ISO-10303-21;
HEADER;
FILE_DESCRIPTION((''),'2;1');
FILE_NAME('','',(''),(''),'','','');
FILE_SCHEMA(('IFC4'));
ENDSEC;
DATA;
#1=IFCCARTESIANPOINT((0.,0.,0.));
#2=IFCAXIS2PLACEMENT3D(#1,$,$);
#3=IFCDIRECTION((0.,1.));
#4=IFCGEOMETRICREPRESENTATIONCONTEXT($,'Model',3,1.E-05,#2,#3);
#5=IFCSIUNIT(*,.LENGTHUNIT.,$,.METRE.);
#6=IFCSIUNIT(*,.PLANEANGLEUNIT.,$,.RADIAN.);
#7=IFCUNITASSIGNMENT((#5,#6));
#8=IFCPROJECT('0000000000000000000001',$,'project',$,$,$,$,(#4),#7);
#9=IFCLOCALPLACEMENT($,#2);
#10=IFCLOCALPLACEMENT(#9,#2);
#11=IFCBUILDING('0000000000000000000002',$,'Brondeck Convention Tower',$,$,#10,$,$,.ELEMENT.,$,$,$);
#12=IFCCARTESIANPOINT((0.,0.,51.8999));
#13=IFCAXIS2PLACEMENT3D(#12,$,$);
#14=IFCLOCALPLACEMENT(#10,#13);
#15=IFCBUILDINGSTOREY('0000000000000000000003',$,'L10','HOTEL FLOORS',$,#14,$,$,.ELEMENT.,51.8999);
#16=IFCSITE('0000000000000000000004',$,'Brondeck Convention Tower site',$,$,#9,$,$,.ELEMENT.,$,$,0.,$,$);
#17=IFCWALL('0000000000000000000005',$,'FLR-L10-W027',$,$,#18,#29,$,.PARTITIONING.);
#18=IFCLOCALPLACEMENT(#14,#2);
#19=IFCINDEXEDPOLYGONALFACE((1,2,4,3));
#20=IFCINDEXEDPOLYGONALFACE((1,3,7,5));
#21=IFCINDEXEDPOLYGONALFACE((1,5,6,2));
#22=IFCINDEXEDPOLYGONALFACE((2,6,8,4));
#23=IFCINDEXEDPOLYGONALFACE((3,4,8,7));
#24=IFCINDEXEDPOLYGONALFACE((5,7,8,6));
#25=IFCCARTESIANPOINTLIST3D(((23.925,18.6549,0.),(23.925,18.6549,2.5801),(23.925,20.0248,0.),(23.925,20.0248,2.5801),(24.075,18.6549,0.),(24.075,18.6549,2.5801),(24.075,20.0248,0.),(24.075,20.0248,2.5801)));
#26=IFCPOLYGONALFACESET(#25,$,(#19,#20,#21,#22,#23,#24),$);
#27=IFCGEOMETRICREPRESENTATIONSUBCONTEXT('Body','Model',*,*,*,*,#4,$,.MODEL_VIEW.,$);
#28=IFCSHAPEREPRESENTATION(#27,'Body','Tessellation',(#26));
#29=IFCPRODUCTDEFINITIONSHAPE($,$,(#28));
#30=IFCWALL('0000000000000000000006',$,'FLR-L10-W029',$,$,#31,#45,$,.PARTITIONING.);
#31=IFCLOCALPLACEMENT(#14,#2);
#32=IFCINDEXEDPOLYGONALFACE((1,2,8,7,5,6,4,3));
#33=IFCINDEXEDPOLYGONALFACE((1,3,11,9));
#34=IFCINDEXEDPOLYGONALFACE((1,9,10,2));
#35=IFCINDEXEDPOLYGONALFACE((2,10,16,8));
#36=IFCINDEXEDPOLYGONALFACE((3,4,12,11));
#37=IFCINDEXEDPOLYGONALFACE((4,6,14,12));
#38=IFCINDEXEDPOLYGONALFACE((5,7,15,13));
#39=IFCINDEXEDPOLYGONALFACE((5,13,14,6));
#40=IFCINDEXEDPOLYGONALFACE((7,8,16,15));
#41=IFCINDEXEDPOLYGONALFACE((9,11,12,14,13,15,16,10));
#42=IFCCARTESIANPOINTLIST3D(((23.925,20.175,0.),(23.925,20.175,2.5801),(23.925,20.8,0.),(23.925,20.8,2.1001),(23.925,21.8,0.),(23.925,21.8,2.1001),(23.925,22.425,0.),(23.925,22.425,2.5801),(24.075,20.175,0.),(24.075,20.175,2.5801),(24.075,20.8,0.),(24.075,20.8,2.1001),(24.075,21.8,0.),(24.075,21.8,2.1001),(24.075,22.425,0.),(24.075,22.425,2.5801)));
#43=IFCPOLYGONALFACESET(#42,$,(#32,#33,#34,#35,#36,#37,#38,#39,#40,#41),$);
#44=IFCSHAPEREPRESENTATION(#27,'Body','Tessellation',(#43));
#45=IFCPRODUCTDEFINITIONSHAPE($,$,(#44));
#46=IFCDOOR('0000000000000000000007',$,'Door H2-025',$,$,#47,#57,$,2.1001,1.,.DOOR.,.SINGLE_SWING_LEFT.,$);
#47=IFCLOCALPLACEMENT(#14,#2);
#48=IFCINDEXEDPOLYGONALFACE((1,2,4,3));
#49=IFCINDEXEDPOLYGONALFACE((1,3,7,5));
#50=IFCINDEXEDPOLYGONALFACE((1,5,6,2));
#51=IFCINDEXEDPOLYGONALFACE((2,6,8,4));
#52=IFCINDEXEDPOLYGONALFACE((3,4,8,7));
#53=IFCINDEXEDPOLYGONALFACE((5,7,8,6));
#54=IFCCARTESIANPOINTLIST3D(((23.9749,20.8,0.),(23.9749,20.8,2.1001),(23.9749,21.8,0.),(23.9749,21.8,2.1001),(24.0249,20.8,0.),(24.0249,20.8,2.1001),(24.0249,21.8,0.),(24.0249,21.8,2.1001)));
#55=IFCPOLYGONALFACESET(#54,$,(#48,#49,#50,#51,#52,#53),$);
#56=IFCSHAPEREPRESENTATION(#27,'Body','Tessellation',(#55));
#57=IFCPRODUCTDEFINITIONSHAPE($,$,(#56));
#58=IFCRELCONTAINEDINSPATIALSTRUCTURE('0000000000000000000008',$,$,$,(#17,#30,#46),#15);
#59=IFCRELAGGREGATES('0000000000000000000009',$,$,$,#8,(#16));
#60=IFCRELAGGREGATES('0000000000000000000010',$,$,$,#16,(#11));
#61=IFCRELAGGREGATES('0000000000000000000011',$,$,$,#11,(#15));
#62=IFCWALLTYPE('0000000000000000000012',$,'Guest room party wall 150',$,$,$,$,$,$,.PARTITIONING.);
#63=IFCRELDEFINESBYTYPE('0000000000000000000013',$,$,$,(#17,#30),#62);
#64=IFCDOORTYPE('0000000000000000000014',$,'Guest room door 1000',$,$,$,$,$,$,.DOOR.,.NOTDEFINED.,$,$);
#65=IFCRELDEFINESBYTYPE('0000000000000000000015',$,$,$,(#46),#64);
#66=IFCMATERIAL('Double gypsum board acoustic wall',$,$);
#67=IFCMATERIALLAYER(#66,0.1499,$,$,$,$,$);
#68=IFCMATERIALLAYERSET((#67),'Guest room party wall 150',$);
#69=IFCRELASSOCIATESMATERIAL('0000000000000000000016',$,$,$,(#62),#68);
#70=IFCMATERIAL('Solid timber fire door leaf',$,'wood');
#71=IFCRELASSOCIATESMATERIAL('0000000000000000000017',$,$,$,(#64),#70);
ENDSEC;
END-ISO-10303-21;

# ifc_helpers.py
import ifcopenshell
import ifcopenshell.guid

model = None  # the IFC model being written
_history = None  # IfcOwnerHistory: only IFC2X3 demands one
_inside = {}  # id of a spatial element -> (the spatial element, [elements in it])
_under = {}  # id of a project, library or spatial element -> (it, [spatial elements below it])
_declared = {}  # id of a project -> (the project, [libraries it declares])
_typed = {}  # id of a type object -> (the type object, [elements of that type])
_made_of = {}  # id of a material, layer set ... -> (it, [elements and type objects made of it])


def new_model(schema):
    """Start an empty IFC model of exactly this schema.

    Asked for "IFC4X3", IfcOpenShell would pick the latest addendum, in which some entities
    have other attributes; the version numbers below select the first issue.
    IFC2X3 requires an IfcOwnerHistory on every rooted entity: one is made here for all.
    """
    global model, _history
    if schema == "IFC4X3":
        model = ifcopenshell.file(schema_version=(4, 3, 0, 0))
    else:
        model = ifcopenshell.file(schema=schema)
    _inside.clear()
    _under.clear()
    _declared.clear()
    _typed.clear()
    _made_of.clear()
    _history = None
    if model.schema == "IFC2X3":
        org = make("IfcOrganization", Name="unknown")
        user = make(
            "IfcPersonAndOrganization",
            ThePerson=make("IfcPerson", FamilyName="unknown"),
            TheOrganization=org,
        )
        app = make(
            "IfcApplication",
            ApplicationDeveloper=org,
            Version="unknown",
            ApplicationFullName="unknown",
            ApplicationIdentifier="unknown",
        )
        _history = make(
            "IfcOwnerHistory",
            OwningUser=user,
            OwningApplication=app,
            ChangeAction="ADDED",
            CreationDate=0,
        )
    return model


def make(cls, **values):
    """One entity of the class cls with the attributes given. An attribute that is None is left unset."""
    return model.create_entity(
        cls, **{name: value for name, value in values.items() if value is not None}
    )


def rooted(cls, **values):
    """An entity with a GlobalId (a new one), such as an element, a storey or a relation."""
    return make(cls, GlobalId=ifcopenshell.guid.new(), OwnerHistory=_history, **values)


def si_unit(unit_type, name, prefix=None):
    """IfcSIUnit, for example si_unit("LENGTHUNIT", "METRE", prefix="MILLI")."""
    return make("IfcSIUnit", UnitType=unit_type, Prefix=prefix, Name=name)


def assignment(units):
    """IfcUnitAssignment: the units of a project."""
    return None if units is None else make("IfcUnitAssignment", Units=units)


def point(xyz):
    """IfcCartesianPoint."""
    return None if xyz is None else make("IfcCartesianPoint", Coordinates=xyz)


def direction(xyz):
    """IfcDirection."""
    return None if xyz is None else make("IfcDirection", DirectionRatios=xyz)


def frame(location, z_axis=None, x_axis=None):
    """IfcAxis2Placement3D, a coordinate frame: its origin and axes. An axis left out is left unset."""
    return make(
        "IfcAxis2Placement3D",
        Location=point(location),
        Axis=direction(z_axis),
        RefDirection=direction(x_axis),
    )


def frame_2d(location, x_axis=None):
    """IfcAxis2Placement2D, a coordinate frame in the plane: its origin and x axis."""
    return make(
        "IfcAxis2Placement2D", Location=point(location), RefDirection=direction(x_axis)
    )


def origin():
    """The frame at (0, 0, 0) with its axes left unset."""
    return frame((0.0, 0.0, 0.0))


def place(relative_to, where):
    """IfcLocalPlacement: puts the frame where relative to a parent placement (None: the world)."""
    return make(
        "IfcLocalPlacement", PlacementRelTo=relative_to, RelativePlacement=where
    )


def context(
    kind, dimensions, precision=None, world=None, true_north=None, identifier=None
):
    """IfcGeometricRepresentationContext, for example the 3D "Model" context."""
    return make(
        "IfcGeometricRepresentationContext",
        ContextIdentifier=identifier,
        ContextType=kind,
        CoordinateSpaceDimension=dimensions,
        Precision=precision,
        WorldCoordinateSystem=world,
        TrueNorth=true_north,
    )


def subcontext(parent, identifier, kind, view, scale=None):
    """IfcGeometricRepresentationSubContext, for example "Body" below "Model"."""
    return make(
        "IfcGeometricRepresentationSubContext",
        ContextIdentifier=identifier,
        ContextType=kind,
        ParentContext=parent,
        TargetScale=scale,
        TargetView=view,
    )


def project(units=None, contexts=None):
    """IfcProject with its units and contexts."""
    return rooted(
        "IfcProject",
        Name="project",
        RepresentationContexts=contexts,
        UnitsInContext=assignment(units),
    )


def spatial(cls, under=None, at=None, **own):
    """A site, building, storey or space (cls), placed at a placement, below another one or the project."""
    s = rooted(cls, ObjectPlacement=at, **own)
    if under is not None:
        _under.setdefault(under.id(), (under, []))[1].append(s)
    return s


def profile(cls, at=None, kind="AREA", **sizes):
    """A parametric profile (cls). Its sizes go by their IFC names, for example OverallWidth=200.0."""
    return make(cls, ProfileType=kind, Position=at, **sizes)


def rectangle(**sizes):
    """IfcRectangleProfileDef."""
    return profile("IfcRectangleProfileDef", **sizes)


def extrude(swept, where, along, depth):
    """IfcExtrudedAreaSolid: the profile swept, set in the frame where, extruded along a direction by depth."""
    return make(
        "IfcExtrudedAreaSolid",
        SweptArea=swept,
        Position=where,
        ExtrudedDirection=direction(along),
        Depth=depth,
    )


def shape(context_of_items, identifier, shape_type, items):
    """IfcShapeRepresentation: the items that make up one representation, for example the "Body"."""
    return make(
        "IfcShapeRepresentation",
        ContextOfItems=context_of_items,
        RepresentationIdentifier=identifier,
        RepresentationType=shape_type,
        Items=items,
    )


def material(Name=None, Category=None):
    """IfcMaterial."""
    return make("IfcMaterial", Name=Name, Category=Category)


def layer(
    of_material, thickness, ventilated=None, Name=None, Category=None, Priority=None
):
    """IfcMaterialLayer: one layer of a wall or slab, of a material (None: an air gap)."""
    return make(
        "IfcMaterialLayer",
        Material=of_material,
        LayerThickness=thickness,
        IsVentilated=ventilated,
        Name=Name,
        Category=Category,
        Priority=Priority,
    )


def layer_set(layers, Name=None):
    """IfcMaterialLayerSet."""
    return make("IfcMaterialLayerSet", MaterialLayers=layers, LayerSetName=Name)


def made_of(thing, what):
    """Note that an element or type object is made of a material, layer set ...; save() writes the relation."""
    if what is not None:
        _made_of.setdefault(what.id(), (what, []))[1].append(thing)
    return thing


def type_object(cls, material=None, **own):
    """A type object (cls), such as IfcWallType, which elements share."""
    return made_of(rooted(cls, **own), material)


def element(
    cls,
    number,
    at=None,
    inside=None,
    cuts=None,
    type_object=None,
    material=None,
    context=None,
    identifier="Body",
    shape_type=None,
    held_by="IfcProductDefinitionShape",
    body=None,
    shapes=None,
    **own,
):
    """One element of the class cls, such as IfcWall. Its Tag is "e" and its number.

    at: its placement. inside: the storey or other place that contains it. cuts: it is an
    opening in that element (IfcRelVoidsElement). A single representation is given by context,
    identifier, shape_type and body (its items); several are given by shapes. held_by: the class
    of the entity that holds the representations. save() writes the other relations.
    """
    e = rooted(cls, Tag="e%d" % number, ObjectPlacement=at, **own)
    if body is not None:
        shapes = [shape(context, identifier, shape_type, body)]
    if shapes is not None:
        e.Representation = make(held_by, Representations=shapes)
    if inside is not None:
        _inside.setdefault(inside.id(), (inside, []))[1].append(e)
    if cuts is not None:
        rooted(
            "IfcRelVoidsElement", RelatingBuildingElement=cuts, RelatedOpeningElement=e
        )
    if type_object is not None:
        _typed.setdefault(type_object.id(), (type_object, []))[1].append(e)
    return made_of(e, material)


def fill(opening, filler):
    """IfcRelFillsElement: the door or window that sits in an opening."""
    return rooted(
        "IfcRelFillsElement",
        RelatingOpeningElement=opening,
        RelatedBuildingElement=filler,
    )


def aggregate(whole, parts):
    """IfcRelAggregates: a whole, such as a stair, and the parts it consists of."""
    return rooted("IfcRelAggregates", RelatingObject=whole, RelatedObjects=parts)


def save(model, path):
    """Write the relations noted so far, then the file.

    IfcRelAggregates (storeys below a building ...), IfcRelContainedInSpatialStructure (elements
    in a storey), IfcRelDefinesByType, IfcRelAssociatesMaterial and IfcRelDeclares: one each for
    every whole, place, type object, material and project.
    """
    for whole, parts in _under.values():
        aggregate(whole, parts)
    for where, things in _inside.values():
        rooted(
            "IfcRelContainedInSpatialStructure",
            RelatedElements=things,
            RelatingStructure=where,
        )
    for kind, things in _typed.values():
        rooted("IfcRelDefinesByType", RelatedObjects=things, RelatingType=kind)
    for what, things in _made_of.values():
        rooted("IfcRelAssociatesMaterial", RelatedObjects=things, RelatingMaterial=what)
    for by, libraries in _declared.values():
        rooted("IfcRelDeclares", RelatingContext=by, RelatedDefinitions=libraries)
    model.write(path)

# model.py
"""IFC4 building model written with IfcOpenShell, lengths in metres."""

from ifc_helpers import new_model, si_unit, direction, frame, frame_2d, origin, place, context, subcontext, project, spatial, rectangle, extrude, material, layer, layer_set, type_object, element, fill, save


model = new_model("IFC4")

# Units and contexts
model_context = context("Model", 3, precision=1e-05, world=origin(), true_north=direction((0.0, 1.0)))
body_context = subcontext(model_context, "Body", "Model", "MODEL_VIEW")
ifc_project = project(units=[si_unit("LENGTHUNIT", "METRE"), si_unit("PLANEANGLEUNIT", "RADIAN")], contexts=[model_context])

# Site, building, storey
site_placement = place(None, origin())
site = spatial("IfcSite", under=ifc_project, at=site_placement, Name="Brondeck Convention Tower site", CompositionType="ELEMENT", RefElevation=0.0)
building_placement = place(site_placement, origin())
building = spatial("IfcBuilding", under=site, at=building_placement, Name="Brondeck Convention Tower", CompositionType="ELEMENT")
storey_placement = place(building_placement, frame((0.0, 0.0, 51.8999)))
storey = spatial("IfcBuildingStorey", under=building, at=storey_placement, Name="L10", Description="HOTEL FLOORS", CompositionType="ELEMENT", Elevation=51.8999)

# Shared definitions
ifc_material_1 = material(Name="Double gypsum board acoustic wall")
ifc_layer_1 = layer(ifc_material_1, 0.1499)
ifc_layer_set_1 = layer_set([ifc_layer_1], Name="Guest room party wall 150")
wall_type_1 = type_object("IfcWallType", Name="Guest room party wall 150", PredefinedType="PARTITIONING", material=ifc_layer_set_1)
ifc_material_2 = material(Name="Solid timber fire door leaf", Category="wood")
door_type_1 = type_object("IfcDoorType", Name="Guest room door 1000", OperationType="NOTDEFINED", PredefinedType="DOOR", material=ifc_material_2)

# Wall
wall_1_placement = place(storey_placement, frame((24.0, 20.0249, 0.0), z_axis=(0.0, 0.0, 1.0), x_axis=(0.0, -1.0, 0.0)))
element("IfcWall", 1, at=wall_1_placement, inside=storey, type_object=wall_type_1, Name="FLR-L10-W027", PredefinedType="PARTITIONING", context=body_context, shape_type="SweptSolid", body=[
    extrude(rectangle(XDim=1.3699, YDim=0.1499, at=frame_2d((0.6851, 0.0))), origin(), (0.0, 0.0, 1.0), 2.5801),
])

# Wall, opening, door
wall_2_placement = place(storey_placement, frame((24.0, 22.425, 0.0), z_axis=(0.0, 0.0, 1.0), x_axis=(0.0, -1.0, 0.0)))
wall_2 = element("IfcWall", 2, at=wall_2_placement, inside=storey, type_object=wall_type_1, Name="FLR-L10-W029", PredefinedType="PARTITIONING", context=body_context, shape_type="SweptSolid", body=[
    extrude(rectangle(XDim=2.25, YDim=0.1499, at=frame_2d((1.125, 0.0))), origin(), (0.0, 0.0, 1.0), 2.5801),
])
opening_1_placement = place(wall_2_placement, frame((0.625, 0.0, 0.0)))
opening_1 = element("IfcOpeningElement", 3, at=opening_1_placement, cuts=wall_2, PredefinedType="OPENING", context=body_context, shape_type="SweptSolid", body=[
    extrude(rectangle(XDim=1.0, YDim=2.1001, at=frame_2d((0.5, 1.05))), frame((0.0, 0.085, 0.0), z_axis=(0.0, -1.0, 0.0), x_axis=(1.0, 0.0, 0.0)), (0.0, 0.0, 1.0), 0.1699),
])
door_1_placement = place(opening_1_placement, origin())
door_1 = element("IfcDoor", 4, at=door_1_placement, inside=storey, type_object=door_type_1, Name="Door H2-025", OperationType="SINGLE_SWING_LEFT", OverallHeight=2.1001, OverallWidth=1.0, PredefinedType="DOOR", context=body_context, shape_type="SweptSolid", body=[
    extrude(rectangle(XDim=1.0, YDim=2.1001, at=frame_2d((0.5, 1.05))), frame((0.0, 0.0249, 0.0), z_axis=(0.0, -1.0, 0.0), x_axis=(1.0, 0.0, 0.0)), (0.0, 0.0, 1.0), 0.05),
])
fill(opening_1, door_1)

save(model, "model.ifc")
